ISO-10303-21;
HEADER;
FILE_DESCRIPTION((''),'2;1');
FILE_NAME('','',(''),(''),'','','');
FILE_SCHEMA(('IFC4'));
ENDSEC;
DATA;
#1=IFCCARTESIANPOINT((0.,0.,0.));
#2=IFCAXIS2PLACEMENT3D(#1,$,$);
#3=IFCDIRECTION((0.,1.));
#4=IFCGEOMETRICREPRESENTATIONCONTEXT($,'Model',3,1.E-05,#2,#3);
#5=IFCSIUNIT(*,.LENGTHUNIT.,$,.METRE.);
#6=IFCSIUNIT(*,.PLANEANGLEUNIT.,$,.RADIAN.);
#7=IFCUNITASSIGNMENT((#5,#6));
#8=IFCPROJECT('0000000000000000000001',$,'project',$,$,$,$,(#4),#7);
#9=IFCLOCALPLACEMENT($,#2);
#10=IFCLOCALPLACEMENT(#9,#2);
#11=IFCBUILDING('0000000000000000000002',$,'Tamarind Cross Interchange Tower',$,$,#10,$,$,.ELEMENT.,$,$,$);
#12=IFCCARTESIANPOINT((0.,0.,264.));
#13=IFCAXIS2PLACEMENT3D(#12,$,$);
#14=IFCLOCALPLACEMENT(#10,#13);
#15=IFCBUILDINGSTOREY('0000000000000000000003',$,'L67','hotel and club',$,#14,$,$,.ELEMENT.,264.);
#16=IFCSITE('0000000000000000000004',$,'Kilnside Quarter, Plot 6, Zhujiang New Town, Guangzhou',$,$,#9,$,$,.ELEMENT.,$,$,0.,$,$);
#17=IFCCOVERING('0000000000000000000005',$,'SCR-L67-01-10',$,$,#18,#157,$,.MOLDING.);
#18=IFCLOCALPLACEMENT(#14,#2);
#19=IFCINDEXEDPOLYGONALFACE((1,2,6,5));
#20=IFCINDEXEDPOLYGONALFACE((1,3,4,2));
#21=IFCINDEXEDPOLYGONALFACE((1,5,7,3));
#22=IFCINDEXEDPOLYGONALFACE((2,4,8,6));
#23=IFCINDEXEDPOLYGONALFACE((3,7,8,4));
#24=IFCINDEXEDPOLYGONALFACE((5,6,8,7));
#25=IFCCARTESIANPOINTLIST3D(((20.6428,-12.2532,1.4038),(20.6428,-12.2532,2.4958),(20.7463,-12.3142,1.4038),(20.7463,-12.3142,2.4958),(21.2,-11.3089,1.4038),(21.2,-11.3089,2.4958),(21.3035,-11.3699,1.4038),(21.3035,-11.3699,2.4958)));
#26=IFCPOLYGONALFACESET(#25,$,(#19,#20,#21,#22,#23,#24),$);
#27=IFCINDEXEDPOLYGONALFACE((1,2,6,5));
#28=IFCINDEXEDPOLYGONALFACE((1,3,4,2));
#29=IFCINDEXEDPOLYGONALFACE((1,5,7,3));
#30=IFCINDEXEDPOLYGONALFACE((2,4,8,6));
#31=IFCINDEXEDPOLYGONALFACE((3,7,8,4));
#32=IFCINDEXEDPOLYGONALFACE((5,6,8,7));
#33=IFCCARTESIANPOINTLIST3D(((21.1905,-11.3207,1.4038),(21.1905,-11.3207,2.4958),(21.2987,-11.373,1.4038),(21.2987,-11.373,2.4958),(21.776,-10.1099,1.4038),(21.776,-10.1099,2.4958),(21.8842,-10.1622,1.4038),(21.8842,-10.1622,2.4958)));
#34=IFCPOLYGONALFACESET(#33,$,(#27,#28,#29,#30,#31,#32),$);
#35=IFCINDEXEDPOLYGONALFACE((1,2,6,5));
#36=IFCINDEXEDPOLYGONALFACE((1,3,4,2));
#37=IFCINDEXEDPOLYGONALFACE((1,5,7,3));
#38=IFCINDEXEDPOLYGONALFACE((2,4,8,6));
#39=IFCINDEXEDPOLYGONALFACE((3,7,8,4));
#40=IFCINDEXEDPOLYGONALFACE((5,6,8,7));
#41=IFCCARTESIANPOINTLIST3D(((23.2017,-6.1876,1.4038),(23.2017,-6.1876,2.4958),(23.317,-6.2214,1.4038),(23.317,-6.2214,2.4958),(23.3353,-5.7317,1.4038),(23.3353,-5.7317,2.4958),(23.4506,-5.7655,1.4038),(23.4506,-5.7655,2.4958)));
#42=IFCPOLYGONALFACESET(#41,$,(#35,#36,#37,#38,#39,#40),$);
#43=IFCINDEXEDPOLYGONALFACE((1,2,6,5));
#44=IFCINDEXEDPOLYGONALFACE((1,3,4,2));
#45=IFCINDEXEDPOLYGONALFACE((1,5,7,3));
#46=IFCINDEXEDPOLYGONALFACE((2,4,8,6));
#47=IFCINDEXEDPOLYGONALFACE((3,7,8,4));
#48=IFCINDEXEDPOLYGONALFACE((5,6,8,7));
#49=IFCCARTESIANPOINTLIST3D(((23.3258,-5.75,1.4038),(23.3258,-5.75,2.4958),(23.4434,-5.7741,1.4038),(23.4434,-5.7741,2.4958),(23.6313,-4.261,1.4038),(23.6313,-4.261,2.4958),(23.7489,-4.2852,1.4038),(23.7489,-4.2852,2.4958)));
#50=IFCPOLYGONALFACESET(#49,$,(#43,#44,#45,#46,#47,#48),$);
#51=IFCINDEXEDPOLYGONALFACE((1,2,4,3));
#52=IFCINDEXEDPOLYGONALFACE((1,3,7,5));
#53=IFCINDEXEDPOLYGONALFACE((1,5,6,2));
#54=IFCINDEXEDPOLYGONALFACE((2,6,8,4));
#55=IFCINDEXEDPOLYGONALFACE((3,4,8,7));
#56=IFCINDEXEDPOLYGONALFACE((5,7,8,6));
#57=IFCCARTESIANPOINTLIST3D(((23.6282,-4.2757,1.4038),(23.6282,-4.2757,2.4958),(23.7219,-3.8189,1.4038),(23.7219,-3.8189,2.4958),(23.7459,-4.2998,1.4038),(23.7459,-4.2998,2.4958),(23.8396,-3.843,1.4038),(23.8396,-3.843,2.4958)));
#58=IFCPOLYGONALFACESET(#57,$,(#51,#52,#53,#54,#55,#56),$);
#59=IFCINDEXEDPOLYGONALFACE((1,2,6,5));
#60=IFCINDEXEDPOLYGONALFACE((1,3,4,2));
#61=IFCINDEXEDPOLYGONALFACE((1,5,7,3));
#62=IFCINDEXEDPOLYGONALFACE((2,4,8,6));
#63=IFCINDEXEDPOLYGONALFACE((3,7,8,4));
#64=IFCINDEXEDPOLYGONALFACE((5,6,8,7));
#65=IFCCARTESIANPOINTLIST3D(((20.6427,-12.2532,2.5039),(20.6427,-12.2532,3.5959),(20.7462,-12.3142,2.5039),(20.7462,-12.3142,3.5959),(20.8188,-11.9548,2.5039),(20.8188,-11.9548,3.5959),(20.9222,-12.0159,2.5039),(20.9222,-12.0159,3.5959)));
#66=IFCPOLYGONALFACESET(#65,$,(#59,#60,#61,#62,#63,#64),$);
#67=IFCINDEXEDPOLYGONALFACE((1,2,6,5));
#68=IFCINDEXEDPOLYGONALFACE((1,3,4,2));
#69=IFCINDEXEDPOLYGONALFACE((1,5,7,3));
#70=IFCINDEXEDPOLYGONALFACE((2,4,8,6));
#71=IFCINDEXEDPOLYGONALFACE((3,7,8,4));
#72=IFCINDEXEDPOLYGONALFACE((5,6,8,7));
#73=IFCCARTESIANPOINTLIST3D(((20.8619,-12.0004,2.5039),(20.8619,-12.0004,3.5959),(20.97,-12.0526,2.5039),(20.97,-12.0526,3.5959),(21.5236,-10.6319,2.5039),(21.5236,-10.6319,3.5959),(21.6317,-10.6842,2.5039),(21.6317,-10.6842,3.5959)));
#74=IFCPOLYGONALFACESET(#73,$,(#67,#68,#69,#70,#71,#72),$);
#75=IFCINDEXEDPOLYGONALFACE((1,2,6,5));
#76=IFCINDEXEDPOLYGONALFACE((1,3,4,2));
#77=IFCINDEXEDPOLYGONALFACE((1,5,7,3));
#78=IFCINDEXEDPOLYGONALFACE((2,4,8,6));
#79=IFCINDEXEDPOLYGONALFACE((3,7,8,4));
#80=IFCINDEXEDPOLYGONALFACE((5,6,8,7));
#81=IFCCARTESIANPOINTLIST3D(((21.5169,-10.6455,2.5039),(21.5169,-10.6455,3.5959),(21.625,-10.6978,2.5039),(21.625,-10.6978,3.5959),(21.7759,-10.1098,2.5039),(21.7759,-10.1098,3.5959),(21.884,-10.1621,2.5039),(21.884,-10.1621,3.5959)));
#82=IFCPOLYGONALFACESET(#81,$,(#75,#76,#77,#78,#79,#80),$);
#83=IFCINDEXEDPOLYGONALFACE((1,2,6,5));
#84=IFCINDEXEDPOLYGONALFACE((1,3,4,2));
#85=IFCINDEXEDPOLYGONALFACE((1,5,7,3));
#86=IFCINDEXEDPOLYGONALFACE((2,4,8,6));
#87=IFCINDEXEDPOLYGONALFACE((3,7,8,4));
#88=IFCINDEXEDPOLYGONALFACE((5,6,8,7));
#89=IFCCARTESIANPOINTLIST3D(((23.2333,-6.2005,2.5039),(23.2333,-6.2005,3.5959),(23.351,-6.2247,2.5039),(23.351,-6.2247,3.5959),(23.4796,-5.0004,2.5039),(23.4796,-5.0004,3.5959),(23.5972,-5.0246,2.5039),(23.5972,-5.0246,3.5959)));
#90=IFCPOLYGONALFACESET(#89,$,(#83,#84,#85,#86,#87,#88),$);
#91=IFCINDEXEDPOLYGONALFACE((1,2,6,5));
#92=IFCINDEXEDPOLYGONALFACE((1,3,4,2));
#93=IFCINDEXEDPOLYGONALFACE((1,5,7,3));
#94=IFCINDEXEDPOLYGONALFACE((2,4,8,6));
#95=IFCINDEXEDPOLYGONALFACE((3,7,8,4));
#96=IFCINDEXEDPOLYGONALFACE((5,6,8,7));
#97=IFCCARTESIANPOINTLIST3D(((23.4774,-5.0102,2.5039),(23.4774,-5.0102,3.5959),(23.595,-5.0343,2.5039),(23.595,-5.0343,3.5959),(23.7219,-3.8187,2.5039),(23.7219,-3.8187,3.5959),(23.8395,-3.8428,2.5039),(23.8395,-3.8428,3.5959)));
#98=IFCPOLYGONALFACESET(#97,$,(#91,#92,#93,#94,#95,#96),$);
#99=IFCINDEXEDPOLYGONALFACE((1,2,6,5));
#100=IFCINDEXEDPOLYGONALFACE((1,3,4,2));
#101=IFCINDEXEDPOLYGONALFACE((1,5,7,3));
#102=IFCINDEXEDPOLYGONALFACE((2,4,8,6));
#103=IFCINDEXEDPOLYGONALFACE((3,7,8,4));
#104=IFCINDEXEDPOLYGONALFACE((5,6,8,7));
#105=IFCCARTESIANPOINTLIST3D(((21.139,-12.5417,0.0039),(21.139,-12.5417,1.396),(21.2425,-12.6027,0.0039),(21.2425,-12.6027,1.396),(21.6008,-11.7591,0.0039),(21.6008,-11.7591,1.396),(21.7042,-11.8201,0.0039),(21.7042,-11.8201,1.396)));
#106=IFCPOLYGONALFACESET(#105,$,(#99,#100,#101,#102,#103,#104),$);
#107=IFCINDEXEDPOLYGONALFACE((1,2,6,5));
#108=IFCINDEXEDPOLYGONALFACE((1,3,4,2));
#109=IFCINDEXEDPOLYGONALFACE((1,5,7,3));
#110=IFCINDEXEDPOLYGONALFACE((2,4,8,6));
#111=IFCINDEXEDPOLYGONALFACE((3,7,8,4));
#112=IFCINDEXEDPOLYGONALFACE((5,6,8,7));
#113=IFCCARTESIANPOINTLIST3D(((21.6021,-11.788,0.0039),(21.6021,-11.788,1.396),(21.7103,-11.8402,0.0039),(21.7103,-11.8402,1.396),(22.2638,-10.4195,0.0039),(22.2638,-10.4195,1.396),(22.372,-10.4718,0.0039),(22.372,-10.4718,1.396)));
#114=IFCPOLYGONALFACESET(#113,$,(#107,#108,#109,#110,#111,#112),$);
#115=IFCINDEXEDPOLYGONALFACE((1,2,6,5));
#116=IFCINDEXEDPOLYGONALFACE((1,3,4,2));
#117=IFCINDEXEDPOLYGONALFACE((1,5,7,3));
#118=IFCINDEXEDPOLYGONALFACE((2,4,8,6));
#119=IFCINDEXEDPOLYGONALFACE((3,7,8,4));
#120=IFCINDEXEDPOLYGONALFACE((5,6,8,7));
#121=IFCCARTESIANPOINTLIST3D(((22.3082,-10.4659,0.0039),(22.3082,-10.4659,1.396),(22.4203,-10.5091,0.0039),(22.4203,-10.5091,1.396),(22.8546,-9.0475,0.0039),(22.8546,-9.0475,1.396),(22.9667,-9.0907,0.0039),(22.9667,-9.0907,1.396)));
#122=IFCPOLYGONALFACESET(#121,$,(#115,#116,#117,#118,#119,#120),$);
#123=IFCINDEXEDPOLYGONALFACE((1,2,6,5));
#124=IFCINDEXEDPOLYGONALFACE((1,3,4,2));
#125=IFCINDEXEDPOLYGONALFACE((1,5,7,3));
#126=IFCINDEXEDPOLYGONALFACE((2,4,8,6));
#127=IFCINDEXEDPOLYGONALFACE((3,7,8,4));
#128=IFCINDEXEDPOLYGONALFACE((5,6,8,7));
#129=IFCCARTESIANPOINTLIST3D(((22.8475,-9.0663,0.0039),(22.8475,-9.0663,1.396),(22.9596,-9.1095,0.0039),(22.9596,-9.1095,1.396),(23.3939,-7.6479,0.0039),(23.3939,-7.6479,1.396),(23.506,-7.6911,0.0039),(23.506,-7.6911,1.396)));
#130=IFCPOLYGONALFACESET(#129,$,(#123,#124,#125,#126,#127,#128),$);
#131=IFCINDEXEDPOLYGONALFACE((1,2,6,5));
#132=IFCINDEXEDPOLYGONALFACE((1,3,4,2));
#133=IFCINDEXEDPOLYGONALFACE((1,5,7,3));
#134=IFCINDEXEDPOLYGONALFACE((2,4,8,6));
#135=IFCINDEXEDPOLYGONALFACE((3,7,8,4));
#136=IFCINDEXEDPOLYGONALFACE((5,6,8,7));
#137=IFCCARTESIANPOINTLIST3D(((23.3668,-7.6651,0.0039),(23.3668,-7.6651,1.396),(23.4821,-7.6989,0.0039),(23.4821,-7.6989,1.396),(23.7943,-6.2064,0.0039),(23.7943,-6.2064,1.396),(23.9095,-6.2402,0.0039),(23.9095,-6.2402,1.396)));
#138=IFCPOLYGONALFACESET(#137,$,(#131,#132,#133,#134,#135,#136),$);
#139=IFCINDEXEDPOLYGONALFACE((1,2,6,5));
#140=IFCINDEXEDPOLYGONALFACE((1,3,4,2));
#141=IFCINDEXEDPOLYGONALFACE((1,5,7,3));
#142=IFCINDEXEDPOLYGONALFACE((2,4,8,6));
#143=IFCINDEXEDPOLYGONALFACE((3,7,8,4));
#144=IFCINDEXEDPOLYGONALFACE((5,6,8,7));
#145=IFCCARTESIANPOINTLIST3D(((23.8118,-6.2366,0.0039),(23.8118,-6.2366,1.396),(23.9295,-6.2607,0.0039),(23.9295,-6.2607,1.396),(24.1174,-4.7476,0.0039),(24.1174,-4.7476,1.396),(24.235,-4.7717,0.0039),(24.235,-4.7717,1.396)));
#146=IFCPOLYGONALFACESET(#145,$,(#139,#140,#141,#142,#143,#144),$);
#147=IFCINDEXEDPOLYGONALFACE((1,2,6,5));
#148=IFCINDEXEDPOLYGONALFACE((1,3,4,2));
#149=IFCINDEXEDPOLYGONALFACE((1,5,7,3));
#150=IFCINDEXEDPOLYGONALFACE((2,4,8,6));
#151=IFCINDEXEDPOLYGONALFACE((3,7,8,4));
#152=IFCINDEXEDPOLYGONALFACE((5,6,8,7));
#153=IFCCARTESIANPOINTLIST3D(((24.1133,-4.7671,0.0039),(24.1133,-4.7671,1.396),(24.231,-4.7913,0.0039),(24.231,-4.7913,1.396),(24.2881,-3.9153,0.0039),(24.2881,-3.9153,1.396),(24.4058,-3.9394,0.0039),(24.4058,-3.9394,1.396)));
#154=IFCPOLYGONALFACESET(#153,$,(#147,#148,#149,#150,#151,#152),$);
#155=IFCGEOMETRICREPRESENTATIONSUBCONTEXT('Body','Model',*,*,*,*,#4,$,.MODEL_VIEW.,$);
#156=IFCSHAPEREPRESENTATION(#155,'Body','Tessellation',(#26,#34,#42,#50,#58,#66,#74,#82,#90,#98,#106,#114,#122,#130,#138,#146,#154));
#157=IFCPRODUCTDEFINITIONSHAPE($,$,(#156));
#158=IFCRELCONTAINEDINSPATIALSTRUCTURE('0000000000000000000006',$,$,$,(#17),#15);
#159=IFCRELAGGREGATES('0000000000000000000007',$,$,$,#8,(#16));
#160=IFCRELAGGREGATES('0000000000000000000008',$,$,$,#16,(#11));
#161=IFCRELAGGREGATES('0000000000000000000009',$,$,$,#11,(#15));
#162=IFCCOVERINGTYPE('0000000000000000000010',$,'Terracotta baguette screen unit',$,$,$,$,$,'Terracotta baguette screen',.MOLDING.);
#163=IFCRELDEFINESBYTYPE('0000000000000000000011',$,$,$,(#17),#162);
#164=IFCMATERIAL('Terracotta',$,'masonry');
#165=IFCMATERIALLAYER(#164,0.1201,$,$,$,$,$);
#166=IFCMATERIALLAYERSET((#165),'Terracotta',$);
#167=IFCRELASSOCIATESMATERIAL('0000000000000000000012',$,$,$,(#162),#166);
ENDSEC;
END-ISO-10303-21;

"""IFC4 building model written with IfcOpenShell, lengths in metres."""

from ifc_helpers import new_model, si_unit, direction, frame, origin, origin_2d, place, context, subcontext, project, spatial, rectangle, extrude, material, layer, layer_set, type_object, element, save


model = new_model("IFC4")

# Units and contexts
model_context = context("Model", 3, precision=1e-05, world=origin(), true_north=direction((0.0, 1.0)))
body_context = subcontext(model_context, "Body", "Model", "MODEL_VIEW")
ifc_project = project(units=[si_unit("LENGTHUNIT", "METRE"), si_unit("PLANEANGLEUNIT", "RADIAN")], contexts=[model_context])

# Site, building, storey
site_placement = place(None, origin())
site = spatial("IfcSite", under=ifc_project, at=site_placement, Name="Kilnside Quarter, Plot 6, Zhujiang New Town, Guangzhou", CompositionType="ELEMENT", RefElevation=0.0)
building_placement = place(site_placement, origin())
building = spatial("IfcBuilding", under=site, at=building_placement, Name="Tamarind Cross Interchange Tower", CompositionType="ELEMENT")
storey_placement = place(building_placement, frame((0.0, 0.0, 264.0)))
storey = spatial("IfcBuildingStorey", under=building, at=storey_placement, Name="L67", Description="hotel and club", CompositionType="ELEMENT", Elevation=264.0)

# Covering
ifc_material_1 = material(Name="Terracotta", Category="masonry")
ifc_layer_1 = layer(ifc_material_1, 0.1201)
ifc_layer_set_1 = layer_set([ifc_layer_1], Name="Terracotta")
covering_type = type_object("IfcCoveringType", Name="Terracotta baguette screen unit", ElementType="Terracotta baguette screen", PredefinedType="MOLDING", material=ifc_layer_set_1)
covering_1_placement = place(storey_placement, origin())
element("IfcCovering", 1, at=covering_1_placement, inside=storey, type_object=covering_type, Name="SCR-L67-01-10", PredefinedType="MOLDING", context=body_context, shape_type="SweptSolid", body=[
    extrude(rectangle(XDim=1.0964, YDim=0.1201, at=origin_2d()), frame((20.9731, -11.8115, 1.4038), z_axis=(0.0, 0.0, 1.0), x_axis=(0.508183, 0.861249, 0.0)), (0.0, 0.0, 1.0), 1.092),
    extrude(rectangle(XDim=1.345, YDim=0.1201, at=origin_2d()), frame((21.5374, -10.7415, 1.4038), z_axis=(0.0, 0.0, 1.0), x_axis=(0.435326, 0.900273, 0.0)), (0.0, 0.0, 1.0), 1.092),
    extrude(rectangle(XDim=0.4751, YDim=0.1201, at=origin_2d()), frame((23.3262, -5.9766, 1.4038), z_axis=(0.0, 0.0, 1.0), x_axis=(0.281209, 0.959647, 0.0)), (0.0, 0.0, 1.0), 1.092),
    extrude(rectangle(XDim=1.52, YDim=0.1201, at=origin_2d()), frame((23.5374, -5.0176, 1.4038), z_axis=(0.0, 0.0, 1.0), x_axis=(0.201001, 0.979591, 0.0)), (0.0, 0.0, 1.0), 1.092),
    extrude(rectangle(XDim=0.4663, YDim=0.1201, at=origin_2d()), frame((23.7339, -4.0593, 1.4038), z_axis=(0.0, 0.0, 1.0), x_axis=(0.201001, 0.979591, 0.0)), (0.0, 0.0, 1.0), 1.092),
    extrude(rectangle(XDim=0.3464, YDim=0.1201, at=origin_2d()), frame((20.7825, -12.1345, 2.5039), z_axis=(0.0, 0.0, 1.0), x_axis=(0.508183, 0.861249, 0.0)), (0.0, 0.0, 1.0), 1.092),
    extrude(rectangle(XDim=1.52, YDim=0.1201, at=origin_2d()), frame((21.2468, -11.3423, 2.5039), z_axis=(0.0, 0.0, 1.0), x_axis=(0.435326, 0.900273, 0.0)), (0.0, 0.0, 1.0), 1.092),
    extrude(rectangle(XDim=0.595, YDim=0.1201, at=origin_2d()), frame((21.7004, -10.4038, 2.5039), z_axis=(0.0, 0.0, 1.0), x_axis=(0.435326, 0.900273, 0.0)), (0.0, 0.0, 1.0), 1.092),
    extrude(rectangle(XDim=1.2251, YDim=0.1201, at=origin_2d()), frame((23.4153, -5.6125, 2.5039), z_axis=(0.0, 0.0, 1.0), x_axis=(0.201001, 0.979591, 0.0)), (0.0, 0.0, 1.0), 1.092),
    extrude(rectangle(XDim=1.2163, YDim=0.1201, at=origin_2d()), frame((23.6584, -4.4265, 2.5039), z_axis=(0.0, 0.0, 1.0), x_axis=(0.201001, 0.979591, 0.0)), (0.0, 0.0, 1.0), 1.092),
    extrude(rectangle(XDim=0.9087, YDim=0.1201, at=origin_2d()), frame((21.4216, -12.1809, 0.0039), z_axis=(0.0, 0.0, 1.0), x_axis=(0.508183, 0.861249, 0.0)), (0.0, 0.0, 1.0), 1.3921),
    extrude(rectangle(XDim=1.52, YDim=0.1201, at=origin_2d()), frame((21.9871, -11.1299, 0.0039), z_axis=(0.0, 0.0, 1.0), x_axis=(0.435326, 0.900273, 0.0)), (0.0, 0.0, 1.0), 1.3921),
    extrude(rectangle(XDim=1.52, YDim=0.1201, at=origin_2d()), frame((22.6375, -9.7783, 0.0039), z_axis=(0.0, 0.0, 1.0), x_axis=(0.359495, 0.933147, 0.0)), (0.0, 0.0, 1.0), 1.3921),
    extrude(rectangle(XDim=1.52, YDim=0.1201, at=origin_2d()), frame((23.1768, -8.3787, 0.0039), z_axis=(0.0, 0.0, 1.0), x_axis=(0.359495, 0.933147, 0.0)), (0.0, 0.0, 1.0), 1.3921),
    extrude(rectangle(XDim=1.52, YDim=0.1201, at=origin_2d()), frame((23.6382, -6.9526, 0.0039), z_axis=(0.0, 0.0, 1.0), x_axis=(0.281209, 0.959647, 0.0)), (0.0, 0.0, 1.0), 1.3921),
    extrude(rectangle(XDim=1.52, YDim=0.1201, at=origin_2d()), frame((24.0234, -5.5042, 0.0039), z_axis=(0.0, 0.0, 1.0), x_axis=(0.201001, 0.979591, 0.0)), (0.0, 0.0, 1.0), 1.3921),
    extrude(rectangle(XDim=0.8696, YDim=0.1201, at=origin_2d()), frame((24.2595, -4.3533, 0.0039), z_axis=(0.0, 0.0, 1.0), x_axis=(0.201001, 0.979591, 0.0)), (0.0, 0.0, 1.0), 1.3921),
])

save(model, "model.ifc")
